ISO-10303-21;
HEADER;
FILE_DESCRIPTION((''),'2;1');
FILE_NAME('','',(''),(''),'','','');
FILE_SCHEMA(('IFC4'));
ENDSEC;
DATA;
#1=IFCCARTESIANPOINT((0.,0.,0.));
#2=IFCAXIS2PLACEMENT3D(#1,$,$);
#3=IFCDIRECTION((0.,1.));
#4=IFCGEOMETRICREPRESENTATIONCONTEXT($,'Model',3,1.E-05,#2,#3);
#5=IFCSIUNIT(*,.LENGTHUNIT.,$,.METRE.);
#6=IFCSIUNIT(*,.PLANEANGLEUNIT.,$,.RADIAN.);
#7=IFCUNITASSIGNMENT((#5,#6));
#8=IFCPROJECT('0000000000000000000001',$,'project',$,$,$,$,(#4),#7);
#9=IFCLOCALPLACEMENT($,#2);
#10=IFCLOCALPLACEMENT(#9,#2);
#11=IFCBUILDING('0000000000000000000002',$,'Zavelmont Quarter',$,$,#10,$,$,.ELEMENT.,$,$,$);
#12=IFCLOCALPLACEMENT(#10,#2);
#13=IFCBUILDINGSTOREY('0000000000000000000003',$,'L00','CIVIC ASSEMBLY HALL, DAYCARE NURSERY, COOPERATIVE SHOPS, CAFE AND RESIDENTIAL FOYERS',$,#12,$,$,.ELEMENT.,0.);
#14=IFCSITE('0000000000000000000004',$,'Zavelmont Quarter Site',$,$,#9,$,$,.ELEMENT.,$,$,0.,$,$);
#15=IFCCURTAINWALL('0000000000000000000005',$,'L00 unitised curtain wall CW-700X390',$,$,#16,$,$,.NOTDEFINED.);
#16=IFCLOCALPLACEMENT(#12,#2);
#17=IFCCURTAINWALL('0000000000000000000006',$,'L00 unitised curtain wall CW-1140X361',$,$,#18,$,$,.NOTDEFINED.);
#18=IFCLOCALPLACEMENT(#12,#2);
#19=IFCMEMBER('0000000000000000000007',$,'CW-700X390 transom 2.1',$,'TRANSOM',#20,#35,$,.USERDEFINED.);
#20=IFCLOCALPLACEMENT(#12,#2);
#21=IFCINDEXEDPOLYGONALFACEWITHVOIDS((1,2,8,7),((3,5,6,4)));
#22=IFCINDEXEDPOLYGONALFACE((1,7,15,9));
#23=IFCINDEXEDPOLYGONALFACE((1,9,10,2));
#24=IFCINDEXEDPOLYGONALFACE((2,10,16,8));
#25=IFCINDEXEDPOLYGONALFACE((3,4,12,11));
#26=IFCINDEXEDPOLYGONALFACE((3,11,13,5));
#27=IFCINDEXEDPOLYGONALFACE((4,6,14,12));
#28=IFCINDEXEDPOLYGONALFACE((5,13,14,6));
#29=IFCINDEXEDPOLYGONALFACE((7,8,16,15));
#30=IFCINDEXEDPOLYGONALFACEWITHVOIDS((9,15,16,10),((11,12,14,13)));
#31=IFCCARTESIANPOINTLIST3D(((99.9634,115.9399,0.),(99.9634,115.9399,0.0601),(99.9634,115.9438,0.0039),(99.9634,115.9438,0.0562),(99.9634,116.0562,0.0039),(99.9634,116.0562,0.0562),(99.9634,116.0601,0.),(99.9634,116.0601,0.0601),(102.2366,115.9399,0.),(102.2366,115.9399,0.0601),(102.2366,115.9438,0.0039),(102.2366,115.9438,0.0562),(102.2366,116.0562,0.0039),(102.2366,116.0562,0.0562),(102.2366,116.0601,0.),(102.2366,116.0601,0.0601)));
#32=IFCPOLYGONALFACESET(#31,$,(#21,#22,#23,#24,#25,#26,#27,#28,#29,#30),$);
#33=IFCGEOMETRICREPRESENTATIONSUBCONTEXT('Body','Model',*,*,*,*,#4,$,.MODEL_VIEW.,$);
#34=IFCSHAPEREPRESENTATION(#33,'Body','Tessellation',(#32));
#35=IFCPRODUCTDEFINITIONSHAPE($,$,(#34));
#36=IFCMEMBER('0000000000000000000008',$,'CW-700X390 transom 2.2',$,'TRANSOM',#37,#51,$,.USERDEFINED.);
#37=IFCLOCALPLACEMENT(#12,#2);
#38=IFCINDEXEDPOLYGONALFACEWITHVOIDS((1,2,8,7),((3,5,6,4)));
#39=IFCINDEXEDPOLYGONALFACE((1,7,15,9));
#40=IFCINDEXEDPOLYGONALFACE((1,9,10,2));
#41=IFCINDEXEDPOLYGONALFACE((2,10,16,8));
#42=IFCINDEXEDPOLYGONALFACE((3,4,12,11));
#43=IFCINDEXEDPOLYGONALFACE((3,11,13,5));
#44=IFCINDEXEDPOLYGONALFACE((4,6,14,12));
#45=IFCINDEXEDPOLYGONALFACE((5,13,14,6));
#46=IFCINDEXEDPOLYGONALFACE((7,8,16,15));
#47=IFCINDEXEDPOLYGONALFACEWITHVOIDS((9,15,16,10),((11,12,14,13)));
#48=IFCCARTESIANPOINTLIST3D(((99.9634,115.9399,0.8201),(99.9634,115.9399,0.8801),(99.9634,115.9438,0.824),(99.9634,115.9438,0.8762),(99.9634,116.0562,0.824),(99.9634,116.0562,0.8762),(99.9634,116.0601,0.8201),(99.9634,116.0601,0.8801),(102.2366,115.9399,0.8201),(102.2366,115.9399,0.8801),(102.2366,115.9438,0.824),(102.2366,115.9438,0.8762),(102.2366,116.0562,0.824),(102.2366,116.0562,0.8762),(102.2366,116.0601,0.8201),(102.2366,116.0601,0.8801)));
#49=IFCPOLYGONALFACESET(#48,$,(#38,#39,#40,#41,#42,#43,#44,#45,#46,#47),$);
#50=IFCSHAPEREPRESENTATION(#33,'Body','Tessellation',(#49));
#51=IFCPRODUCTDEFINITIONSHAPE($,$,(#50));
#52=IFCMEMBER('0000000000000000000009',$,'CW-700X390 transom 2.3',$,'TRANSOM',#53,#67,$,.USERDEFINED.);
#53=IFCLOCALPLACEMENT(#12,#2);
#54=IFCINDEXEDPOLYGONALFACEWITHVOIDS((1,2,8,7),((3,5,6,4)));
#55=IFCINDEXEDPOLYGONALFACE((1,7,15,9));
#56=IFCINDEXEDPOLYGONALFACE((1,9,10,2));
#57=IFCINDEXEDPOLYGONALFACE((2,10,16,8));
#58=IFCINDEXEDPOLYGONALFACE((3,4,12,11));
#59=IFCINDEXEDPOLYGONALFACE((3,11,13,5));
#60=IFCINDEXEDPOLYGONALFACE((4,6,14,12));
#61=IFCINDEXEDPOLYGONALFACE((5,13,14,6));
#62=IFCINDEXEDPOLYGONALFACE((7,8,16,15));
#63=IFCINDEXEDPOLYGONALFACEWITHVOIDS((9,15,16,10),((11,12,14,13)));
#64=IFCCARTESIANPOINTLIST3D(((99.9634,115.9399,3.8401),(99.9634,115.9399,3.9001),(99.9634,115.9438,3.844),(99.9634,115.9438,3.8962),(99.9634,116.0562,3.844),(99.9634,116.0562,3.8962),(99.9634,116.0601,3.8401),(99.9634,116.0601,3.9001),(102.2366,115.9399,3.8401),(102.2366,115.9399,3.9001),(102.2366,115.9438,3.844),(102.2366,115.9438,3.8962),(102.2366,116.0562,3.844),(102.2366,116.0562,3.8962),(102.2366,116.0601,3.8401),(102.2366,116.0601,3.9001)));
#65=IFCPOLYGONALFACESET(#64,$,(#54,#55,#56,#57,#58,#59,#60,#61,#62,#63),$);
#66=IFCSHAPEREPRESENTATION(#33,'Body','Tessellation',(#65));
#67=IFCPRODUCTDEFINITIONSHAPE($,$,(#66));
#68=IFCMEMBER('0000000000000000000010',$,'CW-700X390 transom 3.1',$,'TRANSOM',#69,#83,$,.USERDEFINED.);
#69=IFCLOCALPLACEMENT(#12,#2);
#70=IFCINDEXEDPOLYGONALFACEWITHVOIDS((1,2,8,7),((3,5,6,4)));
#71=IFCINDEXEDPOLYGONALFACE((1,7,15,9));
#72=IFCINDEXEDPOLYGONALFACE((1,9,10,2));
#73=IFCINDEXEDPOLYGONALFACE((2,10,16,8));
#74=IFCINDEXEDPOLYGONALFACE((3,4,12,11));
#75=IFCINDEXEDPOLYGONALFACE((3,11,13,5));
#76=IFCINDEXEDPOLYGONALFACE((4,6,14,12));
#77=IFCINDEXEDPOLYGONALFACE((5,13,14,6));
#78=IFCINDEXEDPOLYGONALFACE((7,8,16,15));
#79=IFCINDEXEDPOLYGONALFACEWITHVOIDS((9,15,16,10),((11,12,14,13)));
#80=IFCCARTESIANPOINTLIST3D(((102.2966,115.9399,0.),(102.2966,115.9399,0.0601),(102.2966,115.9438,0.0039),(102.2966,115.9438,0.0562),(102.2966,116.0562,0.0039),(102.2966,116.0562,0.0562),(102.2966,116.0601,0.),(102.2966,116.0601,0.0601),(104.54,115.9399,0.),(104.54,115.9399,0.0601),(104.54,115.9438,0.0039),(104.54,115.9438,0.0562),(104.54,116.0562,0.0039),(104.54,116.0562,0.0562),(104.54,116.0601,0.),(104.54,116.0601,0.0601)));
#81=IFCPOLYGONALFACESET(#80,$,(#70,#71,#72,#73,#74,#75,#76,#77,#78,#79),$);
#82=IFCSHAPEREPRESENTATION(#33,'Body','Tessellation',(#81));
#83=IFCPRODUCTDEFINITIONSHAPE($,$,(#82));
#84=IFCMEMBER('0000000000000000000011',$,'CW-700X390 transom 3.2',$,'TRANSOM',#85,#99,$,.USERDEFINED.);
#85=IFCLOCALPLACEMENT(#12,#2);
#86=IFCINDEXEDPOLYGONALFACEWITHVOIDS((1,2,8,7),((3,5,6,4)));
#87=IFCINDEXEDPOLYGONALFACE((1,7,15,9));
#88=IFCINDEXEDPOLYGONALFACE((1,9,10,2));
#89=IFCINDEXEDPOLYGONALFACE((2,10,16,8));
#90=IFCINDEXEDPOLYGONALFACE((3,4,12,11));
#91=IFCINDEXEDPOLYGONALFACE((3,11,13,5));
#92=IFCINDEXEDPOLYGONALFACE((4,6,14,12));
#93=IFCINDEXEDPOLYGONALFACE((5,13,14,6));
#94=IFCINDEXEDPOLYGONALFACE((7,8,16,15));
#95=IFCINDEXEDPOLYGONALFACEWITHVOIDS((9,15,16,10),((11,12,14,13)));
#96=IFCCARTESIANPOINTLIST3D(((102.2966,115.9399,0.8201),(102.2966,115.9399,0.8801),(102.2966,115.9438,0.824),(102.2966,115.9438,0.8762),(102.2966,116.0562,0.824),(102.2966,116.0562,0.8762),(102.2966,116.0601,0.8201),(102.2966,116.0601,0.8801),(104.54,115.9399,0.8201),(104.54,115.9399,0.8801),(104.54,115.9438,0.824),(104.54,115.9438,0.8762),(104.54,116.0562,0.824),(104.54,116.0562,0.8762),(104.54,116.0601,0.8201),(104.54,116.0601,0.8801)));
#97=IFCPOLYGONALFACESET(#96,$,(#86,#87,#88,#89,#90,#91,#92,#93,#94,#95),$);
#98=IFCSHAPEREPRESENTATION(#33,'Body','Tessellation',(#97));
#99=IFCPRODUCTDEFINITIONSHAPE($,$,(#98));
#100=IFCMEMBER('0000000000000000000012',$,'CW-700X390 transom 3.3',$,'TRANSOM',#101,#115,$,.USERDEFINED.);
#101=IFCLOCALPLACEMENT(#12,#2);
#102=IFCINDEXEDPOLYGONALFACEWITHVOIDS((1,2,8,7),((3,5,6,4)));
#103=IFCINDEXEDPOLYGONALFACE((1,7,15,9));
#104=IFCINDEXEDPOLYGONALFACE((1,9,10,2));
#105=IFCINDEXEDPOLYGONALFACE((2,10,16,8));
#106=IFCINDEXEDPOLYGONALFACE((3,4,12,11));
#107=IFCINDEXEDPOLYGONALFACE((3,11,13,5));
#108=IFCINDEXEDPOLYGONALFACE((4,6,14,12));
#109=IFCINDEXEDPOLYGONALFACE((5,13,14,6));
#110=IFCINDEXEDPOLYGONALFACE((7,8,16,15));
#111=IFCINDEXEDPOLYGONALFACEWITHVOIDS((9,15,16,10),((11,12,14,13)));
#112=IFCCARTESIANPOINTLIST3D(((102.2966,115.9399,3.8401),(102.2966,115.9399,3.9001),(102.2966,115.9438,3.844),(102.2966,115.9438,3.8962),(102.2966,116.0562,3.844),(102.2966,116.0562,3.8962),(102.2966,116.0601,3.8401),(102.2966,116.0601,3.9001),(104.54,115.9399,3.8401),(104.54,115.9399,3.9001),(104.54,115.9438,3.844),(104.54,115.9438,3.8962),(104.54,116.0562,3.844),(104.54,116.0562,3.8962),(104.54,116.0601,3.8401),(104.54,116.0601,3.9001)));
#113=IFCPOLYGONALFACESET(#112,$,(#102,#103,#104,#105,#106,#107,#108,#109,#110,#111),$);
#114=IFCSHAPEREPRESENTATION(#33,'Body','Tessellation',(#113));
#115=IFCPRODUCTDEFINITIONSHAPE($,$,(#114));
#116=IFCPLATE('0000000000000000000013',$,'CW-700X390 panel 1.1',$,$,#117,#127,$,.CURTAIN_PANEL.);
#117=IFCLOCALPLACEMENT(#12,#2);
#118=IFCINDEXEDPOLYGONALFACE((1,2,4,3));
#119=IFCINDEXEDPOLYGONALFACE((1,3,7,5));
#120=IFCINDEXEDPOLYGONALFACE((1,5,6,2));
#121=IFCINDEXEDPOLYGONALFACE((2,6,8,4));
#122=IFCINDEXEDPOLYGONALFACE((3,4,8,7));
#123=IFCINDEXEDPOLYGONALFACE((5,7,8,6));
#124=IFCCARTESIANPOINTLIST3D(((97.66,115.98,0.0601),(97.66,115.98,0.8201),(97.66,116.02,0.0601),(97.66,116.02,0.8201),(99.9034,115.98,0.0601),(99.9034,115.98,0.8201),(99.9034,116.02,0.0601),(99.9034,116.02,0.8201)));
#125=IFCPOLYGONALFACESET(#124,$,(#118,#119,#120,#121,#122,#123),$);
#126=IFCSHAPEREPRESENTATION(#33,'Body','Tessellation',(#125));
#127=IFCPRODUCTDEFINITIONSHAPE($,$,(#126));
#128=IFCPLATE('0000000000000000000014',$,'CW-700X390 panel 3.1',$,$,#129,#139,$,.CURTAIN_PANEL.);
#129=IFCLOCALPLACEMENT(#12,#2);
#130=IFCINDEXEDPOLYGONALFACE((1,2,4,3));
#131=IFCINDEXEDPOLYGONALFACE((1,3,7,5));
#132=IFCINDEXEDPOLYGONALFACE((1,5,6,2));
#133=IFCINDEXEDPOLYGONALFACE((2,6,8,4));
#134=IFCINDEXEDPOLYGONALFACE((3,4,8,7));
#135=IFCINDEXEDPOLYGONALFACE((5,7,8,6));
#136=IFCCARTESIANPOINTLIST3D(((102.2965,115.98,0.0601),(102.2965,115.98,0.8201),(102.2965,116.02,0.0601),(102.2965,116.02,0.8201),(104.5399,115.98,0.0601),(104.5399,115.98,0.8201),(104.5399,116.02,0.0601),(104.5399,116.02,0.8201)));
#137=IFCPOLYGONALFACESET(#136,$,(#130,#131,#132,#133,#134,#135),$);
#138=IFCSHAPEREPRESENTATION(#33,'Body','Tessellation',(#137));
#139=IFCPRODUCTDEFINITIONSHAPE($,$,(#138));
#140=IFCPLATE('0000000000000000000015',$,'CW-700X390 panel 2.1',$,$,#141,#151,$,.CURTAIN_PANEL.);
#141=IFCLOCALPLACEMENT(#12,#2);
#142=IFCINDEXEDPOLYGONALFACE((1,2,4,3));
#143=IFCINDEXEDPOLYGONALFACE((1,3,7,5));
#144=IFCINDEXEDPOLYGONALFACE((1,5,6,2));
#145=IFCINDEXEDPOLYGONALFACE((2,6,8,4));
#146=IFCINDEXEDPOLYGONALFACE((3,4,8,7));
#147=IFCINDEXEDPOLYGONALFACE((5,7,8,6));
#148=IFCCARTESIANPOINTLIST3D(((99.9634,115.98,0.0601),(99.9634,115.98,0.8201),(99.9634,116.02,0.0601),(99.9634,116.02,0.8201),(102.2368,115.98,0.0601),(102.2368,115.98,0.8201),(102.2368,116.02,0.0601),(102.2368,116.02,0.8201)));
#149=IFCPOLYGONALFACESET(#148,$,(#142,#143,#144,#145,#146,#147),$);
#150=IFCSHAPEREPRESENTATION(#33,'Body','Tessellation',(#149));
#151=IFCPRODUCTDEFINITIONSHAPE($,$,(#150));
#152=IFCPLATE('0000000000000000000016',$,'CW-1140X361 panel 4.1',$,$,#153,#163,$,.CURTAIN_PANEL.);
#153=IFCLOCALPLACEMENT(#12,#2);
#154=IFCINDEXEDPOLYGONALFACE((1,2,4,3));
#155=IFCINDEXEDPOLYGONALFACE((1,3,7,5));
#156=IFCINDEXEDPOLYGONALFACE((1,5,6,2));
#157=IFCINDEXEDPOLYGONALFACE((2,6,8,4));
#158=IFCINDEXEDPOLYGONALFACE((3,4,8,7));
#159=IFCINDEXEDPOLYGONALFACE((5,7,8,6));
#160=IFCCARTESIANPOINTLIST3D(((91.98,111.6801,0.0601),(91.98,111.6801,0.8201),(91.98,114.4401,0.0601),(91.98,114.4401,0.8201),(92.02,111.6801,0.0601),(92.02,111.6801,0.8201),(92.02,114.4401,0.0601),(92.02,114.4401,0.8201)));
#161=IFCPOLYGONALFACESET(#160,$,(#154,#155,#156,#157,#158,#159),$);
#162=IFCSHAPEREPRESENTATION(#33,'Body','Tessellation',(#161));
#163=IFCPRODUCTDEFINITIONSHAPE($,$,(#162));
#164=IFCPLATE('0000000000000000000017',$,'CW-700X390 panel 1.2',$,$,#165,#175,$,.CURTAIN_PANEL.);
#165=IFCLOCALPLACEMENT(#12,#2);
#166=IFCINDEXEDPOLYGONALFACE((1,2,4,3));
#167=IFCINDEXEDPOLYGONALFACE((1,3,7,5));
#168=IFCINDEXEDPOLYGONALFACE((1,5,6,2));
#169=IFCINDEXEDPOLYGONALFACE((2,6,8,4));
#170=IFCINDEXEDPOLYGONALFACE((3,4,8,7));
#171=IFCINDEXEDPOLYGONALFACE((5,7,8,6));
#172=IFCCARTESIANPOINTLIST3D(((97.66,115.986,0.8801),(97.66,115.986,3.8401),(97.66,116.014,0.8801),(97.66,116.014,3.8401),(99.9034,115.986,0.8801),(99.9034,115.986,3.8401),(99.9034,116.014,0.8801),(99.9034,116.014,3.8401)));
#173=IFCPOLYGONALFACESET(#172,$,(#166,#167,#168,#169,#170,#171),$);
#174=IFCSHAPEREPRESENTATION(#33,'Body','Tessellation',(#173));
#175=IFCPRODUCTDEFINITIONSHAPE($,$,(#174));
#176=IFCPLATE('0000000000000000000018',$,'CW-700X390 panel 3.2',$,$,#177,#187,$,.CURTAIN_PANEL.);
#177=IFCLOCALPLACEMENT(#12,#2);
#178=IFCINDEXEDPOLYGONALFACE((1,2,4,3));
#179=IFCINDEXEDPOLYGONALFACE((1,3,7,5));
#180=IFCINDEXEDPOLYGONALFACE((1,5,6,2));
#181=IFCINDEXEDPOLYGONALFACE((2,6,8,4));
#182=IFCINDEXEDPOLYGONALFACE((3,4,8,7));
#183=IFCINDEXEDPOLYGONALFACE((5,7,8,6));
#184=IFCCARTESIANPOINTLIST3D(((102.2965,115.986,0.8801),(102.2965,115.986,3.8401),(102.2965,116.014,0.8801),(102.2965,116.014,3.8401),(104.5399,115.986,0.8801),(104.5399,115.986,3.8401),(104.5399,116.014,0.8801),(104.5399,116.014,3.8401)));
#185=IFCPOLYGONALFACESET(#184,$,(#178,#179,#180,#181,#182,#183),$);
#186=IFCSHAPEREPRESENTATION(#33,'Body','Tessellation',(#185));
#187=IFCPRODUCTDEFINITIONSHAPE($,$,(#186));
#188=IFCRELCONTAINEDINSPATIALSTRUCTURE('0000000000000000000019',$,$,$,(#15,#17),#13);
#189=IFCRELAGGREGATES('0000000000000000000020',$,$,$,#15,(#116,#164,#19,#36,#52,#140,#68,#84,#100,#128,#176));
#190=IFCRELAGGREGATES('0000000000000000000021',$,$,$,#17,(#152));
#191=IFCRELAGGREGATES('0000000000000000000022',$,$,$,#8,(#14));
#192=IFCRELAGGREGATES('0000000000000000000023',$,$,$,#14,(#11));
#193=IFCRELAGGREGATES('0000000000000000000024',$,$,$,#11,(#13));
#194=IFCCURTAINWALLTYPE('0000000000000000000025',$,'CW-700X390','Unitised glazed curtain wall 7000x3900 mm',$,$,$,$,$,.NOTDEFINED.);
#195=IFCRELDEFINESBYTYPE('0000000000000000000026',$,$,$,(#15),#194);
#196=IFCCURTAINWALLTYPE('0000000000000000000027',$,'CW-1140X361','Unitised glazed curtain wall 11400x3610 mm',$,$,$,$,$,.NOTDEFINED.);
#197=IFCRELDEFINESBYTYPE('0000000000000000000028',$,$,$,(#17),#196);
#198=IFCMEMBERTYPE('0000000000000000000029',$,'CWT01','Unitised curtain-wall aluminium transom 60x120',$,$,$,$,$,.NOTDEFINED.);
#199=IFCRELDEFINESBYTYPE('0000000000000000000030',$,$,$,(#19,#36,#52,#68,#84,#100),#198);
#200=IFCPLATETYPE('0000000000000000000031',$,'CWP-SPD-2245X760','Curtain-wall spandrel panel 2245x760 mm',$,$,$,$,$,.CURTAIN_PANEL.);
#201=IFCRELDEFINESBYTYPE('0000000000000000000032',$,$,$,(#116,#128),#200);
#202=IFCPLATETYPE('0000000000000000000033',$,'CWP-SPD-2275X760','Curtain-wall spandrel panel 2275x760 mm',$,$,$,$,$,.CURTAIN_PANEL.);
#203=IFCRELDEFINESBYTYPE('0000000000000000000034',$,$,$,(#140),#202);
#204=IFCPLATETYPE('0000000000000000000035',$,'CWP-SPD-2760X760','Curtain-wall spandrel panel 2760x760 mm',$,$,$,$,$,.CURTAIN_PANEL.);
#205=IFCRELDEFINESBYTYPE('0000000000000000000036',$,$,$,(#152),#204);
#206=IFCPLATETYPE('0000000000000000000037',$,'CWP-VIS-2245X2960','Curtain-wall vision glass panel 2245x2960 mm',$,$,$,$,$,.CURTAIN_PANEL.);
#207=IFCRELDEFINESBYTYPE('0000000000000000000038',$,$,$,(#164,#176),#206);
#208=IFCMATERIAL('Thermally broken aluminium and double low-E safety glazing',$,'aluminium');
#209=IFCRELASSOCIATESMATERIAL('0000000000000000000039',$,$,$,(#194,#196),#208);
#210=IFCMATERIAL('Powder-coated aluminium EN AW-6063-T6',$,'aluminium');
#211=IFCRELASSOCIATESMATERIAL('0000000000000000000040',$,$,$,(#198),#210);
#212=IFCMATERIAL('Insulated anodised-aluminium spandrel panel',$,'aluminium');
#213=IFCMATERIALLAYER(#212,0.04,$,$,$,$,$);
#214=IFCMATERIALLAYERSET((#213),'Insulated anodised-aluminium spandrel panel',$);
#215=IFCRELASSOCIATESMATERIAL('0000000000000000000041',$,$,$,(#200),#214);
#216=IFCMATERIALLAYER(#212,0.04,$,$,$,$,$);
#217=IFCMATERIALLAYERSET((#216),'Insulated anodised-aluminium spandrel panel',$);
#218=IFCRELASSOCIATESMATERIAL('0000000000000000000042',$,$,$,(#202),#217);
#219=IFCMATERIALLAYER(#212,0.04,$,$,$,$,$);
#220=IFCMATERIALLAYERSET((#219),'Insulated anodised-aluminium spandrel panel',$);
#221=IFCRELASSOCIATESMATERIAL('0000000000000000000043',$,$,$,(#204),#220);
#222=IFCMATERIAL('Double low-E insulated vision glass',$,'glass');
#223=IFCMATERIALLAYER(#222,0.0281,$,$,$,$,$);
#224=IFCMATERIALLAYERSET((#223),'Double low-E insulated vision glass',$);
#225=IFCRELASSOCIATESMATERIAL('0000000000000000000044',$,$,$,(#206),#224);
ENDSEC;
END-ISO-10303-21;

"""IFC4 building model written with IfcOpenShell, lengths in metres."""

from ifc_helpers import new_model, si_unit, direction, frame, origin, origin_2d, place, context, subcontext, project, spatial, rectangle, hollow_rectangle, extrude, material, layer, layer_set, material_profile, profile_set, type_object, element, aggregate, save


model = new_model("IFC4")

# Units and contexts
model_context = context("Model", 3, precision=1e-05, world=origin(), true_north=direction((0.0, 1.0)))
body_context = subcontext(model_context, "Body", "Model", "MODEL_VIEW")
ifc_project = project(units=[si_unit("LENGTHUNIT", "METRE"), si_unit("PLANEANGLEUNIT", "RADIAN")], contexts=[model_context])

# Site, building, storey
site_placement = place(None, origin())
site = spatial("IfcSite", under=ifc_project, at=site_placement, Name="Zavelmont Quarter Site", CompositionType="ELEMENT", RefElevation=0.0)
building_placement = place(site_placement, origin())
building = spatial("IfcBuilding", under=site, at=building_placement, Name="Zavelmont Quarter", CompositionType="ELEMENT")
storey_placement = place(building_placement, origin())
storey = spatial("IfcBuildingStorey", under=building, at=storey_placement, Name="L00", Description="CIVIC ASSEMBLY HALL, DAYCARE NURSERY, COOPERATIVE SHOPS, CAFE AND RESIDENTIAL FOYERS", CompositionType="ELEMENT", Elevation=0.0)

# Curtain wall
ifc_material_1 = material(Name="Thermally broken aluminium and double low-E safety glazing", Category="aluminium")
curtain_wall_type_1 = type_object("IfcCurtainWallType", Name="CW-700X390", Description="Unitised glazed curtain wall 7000x3900 mm", PredefinedType="NOTDEFINED", material=ifc_material_1)
curtain_wall_1_placement = place(storey_placement, origin())
curtain_wall_1 = element("IfcCurtainWall", 1, at=curtain_wall_1_placement, inside=storey, type_object=curtain_wall_type_1, Name="L00 unitised curtain wall CW-700X390", PredefinedType="NOTDEFINED")
ifc_material_2 = material(Name="Powder-coated aluminium EN AW-6063-T6", Category="aluminium")

# Curtain wall
curtain_wall_type_2 = type_object("IfcCurtainWallType", Name="CW-1140X361", Description="Unitised glazed curtain wall 11400x3610 mm", PredefinedType="NOTDEFINED", material=ifc_material_1)
curtain_wall_2_placement = place(storey_placement, origin())
curtain_wall_2 = element("IfcCurtainWall", 2, at=curtain_wall_2_placement, inside=storey, type_object=curtain_wall_type_2, Name="L00 unitised curtain wall CW-1140X361", PredefinedType="NOTDEFINED")

# Members
ifc_material_profile_1 = material_profile(ifc_material_2, hollow_rectangle(XDim=0.1201, YDim=0.0601, WallThickness=0.0039, at=origin_2d()), Name="CWT60X120")
ifc_profile_set_1 = profile_set([ifc_material_profile_1], Name="Powder-coated aluminium EN AW-6063-T6")
member_type_1 = type_object("IfcMemberType", Name="CWT01", Description="Unitised curtain-wall aluminium transom 60x120", PredefinedType="NOTDEFINED", material=ifc_profile_set_1)
member_1_placement = place(storey_placement, frame((99.9634, 116.0, 0.03), z_axis=(1.0, 0.0, 0.0), x_axis=(0.0, 1.0, 0.0)))
member_1 = element("IfcMember", 3, at=member_1_placement, type_object=member_type_1, Name="CW-700X390 transom 2.1", ObjectType="TRANSOM", PredefinedType="USERDEFINED", context=body_context, shape_type="SweptSolid", body=[
    extrude(hollow_rectangle(XDim=0.1201, YDim=0.0601, WallThickness=0.0039, at=origin_2d()), origin(), (0.0, 0.0, 1.0), 2.2732),
])
member_2_placement = place(storey_placement, frame((99.9634, 116.0, 0.8501), z_axis=(1.0, 0.0, 0.0), x_axis=(0.0, 1.0, 0.0)))
member_2 = element("IfcMember", 4, at=member_2_placement, type_object=member_type_1, Name="CW-700X390 transom 2.2", ObjectType="TRANSOM", PredefinedType="USERDEFINED", context=body_context, shape_type="SweptSolid", body=[
    extrude(hollow_rectangle(XDim=0.1201, YDim=0.0601, WallThickness=0.0039, at=origin_2d()), origin(), (0.0, 0.0, 1.0), 2.2732),
])
member_3_placement = place(storey_placement, frame((99.9634, 116.0, 3.8701), z_axis=(1.0, 0.0, 0.0), x_axis=(0.0, 1.0, 0.0)))
member_3 = element("IfcMember", 5, at=member_3_placement, type_object=member_type_1, Name="CW-700X390 transom 2.3", ObjectType="TRANSOM", PredefinedType="USERDEFINED", context=body_context, shape_type="SweptSolid", body=[
    extrude(hollow_rectangle(XDim=0.1201, YDim=0.0601, WallThickness=0.0039, at=origin_2d()), origin(), (0.0, 0.0, 1.0), 2.2732),
])
member_4_placement = place(storey_placement, frame((102.2966, 116.0, 0.03), z_axis=(1.0, 0.0, 0.0), x_axis=(0.0, 1.0, 0.0)))
member_4 = element("IfcMember", 6, at=member_4_placement, type_object=member_type_1, Name="CW-700X390 transom 3.1", ObjectType="TRANSOM", PredefinedType="USERDEFINED", context=body_context, shape_type="SweptSolid", body=[
    extrude(hollow_rectangle(XDim=0.1201, YDim=0.0601, WallThickness=0.0039, at=origin_2d()), origin(), (0.0, 0.0, 1.0), 2.2434),
])
member_5_placement = place(storey_placement, frame((102.2966, 116.0, 0.8501), z_axis=(1.0, 0.0, 0.0), x_axis=(0.0, 1.0, 0.0)))
member_5 = element("IfcMember", 7, at=member_5_placement, type_object=member_type_1, Name="CW-700X390 transom 3.2", ObjectType="TRANSOM", PredefinedType="USERDEFINED", context=body_context, shape_type="SweptSolid", body=[
    extrude(hollow_rectangle(XDim=0.1201, YDim=0.0601, WallThickness=0.0039, at=origin_2d()), origin(), (0.0, 0.0, 1.0), 2.2434),
])
member_6_placement = place(storey_placement, frame((102.2966, 116.0, 3.8701), z_axis=(1.0, 0.0, 0.0), x_axis=(0.0, 1.0, 0.0)))
member_6 = element("IfcMember", 8, at=member_6_placement, type_object=member_type_1, Name="CW-700X390 transom 3.3", ObjectType="TRANSOM", PredefinedType="USERDEFINED", context=body_context, shape_type="SweptSolid", body=[
    extrude(hollow_rectangle(XDim=0.1201, YDim=0.0601, WallThickness=0.0039, at=origin_2d()), origin(), (0.0, 0.0, 1.0), 2.2434),
])

# Plates
ifc_material_3 = material(Name="Insulated anodised-aluminium spandrel panel", Category="aluminium")
ifc_layer_1 = layer(ifc_material_3, 0.04)
ifc_layer_set_1 = layer_set([ifc_layer_1], Name="Insulated anodised-aluminium spandrel panel")
plate_type_1 = type_object("IfcPlateType", Name="CWP-SPD-2245X760", Description="Curtain-wall spandrel panel 2245x760 mm", PredefinedType="CURTAIN_PANEL", material=ifc_layer_set_1)
plate_1_placement = place(storey_placement, frame((98.7817, 116.0, 0.0601), z_axis=(0.0, 0.0, 1.0), x_axis=(1.0, 0.0, 0.0)))
plate_1 = element("IfcPlate", 9, at=plate_1_placement, type_object=plate_type_1, Name="CW-700X390 panel 1.1", PredefinedType="CURTAIN_PANEL", context=body_context, shape_type="SweptSolid", body=[
    extrude(rectangle(XDim=2.2434, YDim=0.04, at=origin_2d()), origin(), (0.0, 0.0, 1.0), 0.76),
])
plate_2_placement = place(storey_placement, frame((103.4182, 116.0, 0.0601), z_axis=(0.0, 0.0, 1.0), x_axis=(1.0, 0.0, 0.0)))
plate_2 = element("IfcPlate", 10, at=plate_2_placement, type_object=plate_type_1, Name="CW-700X390 panel 3.1", PredefinedType="CURTAIN_PANEL", context=body_context, shape_type="SweptSolid", body=[
    extrude(rectangle(XDim=2.2434, YDim=0.04, at=origin_2d()), origin(), (0.0, 0.0, 1.0), 0.76),
])
ifc_layer_2 = layer(ifc_material_3, 0.04)
ifc_layer_set_2 = layer_set([ifc_layer_2], Name="Insulated anodised-aluminium spandrel panel")
plate_type_2 = type_object("IfcPlateType", Name="CWP-SPD-2275X760", Description="Curtain-wall spandrel panel 2275x760 mm", PredefinedType="CURTAIN_PANEL", material=ifc_layer_set_2)
plate_3_placement = place(storey_placement, frame((101.1001, 116.0, 0.0601), z_axis=(0.0, 0.0, 1.0), x_axis=(1.0, 0.0, 0.0)))
plate_3 = element("IfcPlate", 11, at=plate_3_placement, type_object=plate_type_2, Name="CW-700X390 panel 2.1", PredefinedType="CURTAIN_PANEL", context=body_context, shape_type="SweptSolid", body=[
    extrude(rectangle(XDim=2.2734, YDim=0.04, at=origin_2d()), origin(), (0.0, 0.0, 1.0), 0.76),
])
ifc_layer_3 = layer(ifc_material_3, 0.04)
ifc_layer_set_3 = layer_set([ifc_layer_3], Name="Insulated anodised-aluminium spandrel panel")
plate_type_3 = type_object("IfcPlateType", Name="CWP-SPD-2760X760", Description="Curtain-wall spandrel panel 2760x760 mm", PredefinedType="CURTAIN_PANEL", material=ifc_layer_set_3)
plate_4_placement = place(storey_placement, frame((92.0, 113.0601, 0.0601), z_axis=(0.0, 0.0, 1.0), x_axis=(0.0, 1.0, 0.0)))
plate_4 = element("IfcPlate", 12, at=plate_4_placement, type_object=plate_type_3, Name="CW-1140X361 panel 4.1", PredefinedType="CURTAIN_PANEL", context=body_context, shape_type="SweptSolid", body=[
    extrude(rectangle(XDim=2.76, YDim=0.04, at=origin_2d()), origin(), (0.0, 0.0, 1.0), 0.76),
])
ifc_material_4 = material(Name="Double low-E insulated vision glass", Category="glass")
ifc_layer_4 = layer(ifc_material_4, 0.0281)
ifc_layer_set_4 = layer_set([ifc_layer_4], Name="Double low-E insulated vision glass")
plate_type_4 = type_object("IfcPlateType", Name="CWP-VIS-2245X2960", Description="Curtain-wall vision glass panel 2245x2960 mm", PredefinedType="CURTAIN_PANEL", material=ifc_layer_set_4)
plate_5_placement = place(storey_placement, frame((98.7817, 116.0, 0.8801), z_axis=(0.0, 0.0, 1.0), x_axis=(1.0, 0.0, 0.0)))
plate_5 = element("IfcPlate", 13, at=plate_5_placement, type_object=plate_type_4, Name="CW-700X390 panel 1.2", PredefinedType="CURTAIN_PANEL", context=body_context, shape_type="SweptSolid", body=[
    extrude(rectangle(XDim=2.2434, YDim=0.0281, at=origin_2d()), origin(), (0.0, 0.0, 1.0), 2.96),
])
plate_6_placement = place(storey_placement, frame((103.4182, 116.0, 0.8801), z_axis=(0.0, 0.0, 1.0), x_axis=(1.0, 0.0, 0.0)))
plate_6 = element("IfcPlate", 14, at=plate_6_placement, type_object=plate_type_4, Name="CW-700X390 panel 3.2", PredefinedType="CURTAIN_PANEL", context=body_context, shape_type="SweptSolid", body=[
    extrude(rectangle(XDim=2.2434, YDim=0.0281, at=origin_2d()), origin(), (0.0, 0.0, 1.0), 2.96),
])
aggregate(curtain_wall_1, [plate_1, plate_5, member_1, member_2, member_3, plate_3, member_4, member_5, member_6, plate_2, plate_6])
aggregate(curtain_wall_2, [plate_4])

save(model, "model.ifc")
